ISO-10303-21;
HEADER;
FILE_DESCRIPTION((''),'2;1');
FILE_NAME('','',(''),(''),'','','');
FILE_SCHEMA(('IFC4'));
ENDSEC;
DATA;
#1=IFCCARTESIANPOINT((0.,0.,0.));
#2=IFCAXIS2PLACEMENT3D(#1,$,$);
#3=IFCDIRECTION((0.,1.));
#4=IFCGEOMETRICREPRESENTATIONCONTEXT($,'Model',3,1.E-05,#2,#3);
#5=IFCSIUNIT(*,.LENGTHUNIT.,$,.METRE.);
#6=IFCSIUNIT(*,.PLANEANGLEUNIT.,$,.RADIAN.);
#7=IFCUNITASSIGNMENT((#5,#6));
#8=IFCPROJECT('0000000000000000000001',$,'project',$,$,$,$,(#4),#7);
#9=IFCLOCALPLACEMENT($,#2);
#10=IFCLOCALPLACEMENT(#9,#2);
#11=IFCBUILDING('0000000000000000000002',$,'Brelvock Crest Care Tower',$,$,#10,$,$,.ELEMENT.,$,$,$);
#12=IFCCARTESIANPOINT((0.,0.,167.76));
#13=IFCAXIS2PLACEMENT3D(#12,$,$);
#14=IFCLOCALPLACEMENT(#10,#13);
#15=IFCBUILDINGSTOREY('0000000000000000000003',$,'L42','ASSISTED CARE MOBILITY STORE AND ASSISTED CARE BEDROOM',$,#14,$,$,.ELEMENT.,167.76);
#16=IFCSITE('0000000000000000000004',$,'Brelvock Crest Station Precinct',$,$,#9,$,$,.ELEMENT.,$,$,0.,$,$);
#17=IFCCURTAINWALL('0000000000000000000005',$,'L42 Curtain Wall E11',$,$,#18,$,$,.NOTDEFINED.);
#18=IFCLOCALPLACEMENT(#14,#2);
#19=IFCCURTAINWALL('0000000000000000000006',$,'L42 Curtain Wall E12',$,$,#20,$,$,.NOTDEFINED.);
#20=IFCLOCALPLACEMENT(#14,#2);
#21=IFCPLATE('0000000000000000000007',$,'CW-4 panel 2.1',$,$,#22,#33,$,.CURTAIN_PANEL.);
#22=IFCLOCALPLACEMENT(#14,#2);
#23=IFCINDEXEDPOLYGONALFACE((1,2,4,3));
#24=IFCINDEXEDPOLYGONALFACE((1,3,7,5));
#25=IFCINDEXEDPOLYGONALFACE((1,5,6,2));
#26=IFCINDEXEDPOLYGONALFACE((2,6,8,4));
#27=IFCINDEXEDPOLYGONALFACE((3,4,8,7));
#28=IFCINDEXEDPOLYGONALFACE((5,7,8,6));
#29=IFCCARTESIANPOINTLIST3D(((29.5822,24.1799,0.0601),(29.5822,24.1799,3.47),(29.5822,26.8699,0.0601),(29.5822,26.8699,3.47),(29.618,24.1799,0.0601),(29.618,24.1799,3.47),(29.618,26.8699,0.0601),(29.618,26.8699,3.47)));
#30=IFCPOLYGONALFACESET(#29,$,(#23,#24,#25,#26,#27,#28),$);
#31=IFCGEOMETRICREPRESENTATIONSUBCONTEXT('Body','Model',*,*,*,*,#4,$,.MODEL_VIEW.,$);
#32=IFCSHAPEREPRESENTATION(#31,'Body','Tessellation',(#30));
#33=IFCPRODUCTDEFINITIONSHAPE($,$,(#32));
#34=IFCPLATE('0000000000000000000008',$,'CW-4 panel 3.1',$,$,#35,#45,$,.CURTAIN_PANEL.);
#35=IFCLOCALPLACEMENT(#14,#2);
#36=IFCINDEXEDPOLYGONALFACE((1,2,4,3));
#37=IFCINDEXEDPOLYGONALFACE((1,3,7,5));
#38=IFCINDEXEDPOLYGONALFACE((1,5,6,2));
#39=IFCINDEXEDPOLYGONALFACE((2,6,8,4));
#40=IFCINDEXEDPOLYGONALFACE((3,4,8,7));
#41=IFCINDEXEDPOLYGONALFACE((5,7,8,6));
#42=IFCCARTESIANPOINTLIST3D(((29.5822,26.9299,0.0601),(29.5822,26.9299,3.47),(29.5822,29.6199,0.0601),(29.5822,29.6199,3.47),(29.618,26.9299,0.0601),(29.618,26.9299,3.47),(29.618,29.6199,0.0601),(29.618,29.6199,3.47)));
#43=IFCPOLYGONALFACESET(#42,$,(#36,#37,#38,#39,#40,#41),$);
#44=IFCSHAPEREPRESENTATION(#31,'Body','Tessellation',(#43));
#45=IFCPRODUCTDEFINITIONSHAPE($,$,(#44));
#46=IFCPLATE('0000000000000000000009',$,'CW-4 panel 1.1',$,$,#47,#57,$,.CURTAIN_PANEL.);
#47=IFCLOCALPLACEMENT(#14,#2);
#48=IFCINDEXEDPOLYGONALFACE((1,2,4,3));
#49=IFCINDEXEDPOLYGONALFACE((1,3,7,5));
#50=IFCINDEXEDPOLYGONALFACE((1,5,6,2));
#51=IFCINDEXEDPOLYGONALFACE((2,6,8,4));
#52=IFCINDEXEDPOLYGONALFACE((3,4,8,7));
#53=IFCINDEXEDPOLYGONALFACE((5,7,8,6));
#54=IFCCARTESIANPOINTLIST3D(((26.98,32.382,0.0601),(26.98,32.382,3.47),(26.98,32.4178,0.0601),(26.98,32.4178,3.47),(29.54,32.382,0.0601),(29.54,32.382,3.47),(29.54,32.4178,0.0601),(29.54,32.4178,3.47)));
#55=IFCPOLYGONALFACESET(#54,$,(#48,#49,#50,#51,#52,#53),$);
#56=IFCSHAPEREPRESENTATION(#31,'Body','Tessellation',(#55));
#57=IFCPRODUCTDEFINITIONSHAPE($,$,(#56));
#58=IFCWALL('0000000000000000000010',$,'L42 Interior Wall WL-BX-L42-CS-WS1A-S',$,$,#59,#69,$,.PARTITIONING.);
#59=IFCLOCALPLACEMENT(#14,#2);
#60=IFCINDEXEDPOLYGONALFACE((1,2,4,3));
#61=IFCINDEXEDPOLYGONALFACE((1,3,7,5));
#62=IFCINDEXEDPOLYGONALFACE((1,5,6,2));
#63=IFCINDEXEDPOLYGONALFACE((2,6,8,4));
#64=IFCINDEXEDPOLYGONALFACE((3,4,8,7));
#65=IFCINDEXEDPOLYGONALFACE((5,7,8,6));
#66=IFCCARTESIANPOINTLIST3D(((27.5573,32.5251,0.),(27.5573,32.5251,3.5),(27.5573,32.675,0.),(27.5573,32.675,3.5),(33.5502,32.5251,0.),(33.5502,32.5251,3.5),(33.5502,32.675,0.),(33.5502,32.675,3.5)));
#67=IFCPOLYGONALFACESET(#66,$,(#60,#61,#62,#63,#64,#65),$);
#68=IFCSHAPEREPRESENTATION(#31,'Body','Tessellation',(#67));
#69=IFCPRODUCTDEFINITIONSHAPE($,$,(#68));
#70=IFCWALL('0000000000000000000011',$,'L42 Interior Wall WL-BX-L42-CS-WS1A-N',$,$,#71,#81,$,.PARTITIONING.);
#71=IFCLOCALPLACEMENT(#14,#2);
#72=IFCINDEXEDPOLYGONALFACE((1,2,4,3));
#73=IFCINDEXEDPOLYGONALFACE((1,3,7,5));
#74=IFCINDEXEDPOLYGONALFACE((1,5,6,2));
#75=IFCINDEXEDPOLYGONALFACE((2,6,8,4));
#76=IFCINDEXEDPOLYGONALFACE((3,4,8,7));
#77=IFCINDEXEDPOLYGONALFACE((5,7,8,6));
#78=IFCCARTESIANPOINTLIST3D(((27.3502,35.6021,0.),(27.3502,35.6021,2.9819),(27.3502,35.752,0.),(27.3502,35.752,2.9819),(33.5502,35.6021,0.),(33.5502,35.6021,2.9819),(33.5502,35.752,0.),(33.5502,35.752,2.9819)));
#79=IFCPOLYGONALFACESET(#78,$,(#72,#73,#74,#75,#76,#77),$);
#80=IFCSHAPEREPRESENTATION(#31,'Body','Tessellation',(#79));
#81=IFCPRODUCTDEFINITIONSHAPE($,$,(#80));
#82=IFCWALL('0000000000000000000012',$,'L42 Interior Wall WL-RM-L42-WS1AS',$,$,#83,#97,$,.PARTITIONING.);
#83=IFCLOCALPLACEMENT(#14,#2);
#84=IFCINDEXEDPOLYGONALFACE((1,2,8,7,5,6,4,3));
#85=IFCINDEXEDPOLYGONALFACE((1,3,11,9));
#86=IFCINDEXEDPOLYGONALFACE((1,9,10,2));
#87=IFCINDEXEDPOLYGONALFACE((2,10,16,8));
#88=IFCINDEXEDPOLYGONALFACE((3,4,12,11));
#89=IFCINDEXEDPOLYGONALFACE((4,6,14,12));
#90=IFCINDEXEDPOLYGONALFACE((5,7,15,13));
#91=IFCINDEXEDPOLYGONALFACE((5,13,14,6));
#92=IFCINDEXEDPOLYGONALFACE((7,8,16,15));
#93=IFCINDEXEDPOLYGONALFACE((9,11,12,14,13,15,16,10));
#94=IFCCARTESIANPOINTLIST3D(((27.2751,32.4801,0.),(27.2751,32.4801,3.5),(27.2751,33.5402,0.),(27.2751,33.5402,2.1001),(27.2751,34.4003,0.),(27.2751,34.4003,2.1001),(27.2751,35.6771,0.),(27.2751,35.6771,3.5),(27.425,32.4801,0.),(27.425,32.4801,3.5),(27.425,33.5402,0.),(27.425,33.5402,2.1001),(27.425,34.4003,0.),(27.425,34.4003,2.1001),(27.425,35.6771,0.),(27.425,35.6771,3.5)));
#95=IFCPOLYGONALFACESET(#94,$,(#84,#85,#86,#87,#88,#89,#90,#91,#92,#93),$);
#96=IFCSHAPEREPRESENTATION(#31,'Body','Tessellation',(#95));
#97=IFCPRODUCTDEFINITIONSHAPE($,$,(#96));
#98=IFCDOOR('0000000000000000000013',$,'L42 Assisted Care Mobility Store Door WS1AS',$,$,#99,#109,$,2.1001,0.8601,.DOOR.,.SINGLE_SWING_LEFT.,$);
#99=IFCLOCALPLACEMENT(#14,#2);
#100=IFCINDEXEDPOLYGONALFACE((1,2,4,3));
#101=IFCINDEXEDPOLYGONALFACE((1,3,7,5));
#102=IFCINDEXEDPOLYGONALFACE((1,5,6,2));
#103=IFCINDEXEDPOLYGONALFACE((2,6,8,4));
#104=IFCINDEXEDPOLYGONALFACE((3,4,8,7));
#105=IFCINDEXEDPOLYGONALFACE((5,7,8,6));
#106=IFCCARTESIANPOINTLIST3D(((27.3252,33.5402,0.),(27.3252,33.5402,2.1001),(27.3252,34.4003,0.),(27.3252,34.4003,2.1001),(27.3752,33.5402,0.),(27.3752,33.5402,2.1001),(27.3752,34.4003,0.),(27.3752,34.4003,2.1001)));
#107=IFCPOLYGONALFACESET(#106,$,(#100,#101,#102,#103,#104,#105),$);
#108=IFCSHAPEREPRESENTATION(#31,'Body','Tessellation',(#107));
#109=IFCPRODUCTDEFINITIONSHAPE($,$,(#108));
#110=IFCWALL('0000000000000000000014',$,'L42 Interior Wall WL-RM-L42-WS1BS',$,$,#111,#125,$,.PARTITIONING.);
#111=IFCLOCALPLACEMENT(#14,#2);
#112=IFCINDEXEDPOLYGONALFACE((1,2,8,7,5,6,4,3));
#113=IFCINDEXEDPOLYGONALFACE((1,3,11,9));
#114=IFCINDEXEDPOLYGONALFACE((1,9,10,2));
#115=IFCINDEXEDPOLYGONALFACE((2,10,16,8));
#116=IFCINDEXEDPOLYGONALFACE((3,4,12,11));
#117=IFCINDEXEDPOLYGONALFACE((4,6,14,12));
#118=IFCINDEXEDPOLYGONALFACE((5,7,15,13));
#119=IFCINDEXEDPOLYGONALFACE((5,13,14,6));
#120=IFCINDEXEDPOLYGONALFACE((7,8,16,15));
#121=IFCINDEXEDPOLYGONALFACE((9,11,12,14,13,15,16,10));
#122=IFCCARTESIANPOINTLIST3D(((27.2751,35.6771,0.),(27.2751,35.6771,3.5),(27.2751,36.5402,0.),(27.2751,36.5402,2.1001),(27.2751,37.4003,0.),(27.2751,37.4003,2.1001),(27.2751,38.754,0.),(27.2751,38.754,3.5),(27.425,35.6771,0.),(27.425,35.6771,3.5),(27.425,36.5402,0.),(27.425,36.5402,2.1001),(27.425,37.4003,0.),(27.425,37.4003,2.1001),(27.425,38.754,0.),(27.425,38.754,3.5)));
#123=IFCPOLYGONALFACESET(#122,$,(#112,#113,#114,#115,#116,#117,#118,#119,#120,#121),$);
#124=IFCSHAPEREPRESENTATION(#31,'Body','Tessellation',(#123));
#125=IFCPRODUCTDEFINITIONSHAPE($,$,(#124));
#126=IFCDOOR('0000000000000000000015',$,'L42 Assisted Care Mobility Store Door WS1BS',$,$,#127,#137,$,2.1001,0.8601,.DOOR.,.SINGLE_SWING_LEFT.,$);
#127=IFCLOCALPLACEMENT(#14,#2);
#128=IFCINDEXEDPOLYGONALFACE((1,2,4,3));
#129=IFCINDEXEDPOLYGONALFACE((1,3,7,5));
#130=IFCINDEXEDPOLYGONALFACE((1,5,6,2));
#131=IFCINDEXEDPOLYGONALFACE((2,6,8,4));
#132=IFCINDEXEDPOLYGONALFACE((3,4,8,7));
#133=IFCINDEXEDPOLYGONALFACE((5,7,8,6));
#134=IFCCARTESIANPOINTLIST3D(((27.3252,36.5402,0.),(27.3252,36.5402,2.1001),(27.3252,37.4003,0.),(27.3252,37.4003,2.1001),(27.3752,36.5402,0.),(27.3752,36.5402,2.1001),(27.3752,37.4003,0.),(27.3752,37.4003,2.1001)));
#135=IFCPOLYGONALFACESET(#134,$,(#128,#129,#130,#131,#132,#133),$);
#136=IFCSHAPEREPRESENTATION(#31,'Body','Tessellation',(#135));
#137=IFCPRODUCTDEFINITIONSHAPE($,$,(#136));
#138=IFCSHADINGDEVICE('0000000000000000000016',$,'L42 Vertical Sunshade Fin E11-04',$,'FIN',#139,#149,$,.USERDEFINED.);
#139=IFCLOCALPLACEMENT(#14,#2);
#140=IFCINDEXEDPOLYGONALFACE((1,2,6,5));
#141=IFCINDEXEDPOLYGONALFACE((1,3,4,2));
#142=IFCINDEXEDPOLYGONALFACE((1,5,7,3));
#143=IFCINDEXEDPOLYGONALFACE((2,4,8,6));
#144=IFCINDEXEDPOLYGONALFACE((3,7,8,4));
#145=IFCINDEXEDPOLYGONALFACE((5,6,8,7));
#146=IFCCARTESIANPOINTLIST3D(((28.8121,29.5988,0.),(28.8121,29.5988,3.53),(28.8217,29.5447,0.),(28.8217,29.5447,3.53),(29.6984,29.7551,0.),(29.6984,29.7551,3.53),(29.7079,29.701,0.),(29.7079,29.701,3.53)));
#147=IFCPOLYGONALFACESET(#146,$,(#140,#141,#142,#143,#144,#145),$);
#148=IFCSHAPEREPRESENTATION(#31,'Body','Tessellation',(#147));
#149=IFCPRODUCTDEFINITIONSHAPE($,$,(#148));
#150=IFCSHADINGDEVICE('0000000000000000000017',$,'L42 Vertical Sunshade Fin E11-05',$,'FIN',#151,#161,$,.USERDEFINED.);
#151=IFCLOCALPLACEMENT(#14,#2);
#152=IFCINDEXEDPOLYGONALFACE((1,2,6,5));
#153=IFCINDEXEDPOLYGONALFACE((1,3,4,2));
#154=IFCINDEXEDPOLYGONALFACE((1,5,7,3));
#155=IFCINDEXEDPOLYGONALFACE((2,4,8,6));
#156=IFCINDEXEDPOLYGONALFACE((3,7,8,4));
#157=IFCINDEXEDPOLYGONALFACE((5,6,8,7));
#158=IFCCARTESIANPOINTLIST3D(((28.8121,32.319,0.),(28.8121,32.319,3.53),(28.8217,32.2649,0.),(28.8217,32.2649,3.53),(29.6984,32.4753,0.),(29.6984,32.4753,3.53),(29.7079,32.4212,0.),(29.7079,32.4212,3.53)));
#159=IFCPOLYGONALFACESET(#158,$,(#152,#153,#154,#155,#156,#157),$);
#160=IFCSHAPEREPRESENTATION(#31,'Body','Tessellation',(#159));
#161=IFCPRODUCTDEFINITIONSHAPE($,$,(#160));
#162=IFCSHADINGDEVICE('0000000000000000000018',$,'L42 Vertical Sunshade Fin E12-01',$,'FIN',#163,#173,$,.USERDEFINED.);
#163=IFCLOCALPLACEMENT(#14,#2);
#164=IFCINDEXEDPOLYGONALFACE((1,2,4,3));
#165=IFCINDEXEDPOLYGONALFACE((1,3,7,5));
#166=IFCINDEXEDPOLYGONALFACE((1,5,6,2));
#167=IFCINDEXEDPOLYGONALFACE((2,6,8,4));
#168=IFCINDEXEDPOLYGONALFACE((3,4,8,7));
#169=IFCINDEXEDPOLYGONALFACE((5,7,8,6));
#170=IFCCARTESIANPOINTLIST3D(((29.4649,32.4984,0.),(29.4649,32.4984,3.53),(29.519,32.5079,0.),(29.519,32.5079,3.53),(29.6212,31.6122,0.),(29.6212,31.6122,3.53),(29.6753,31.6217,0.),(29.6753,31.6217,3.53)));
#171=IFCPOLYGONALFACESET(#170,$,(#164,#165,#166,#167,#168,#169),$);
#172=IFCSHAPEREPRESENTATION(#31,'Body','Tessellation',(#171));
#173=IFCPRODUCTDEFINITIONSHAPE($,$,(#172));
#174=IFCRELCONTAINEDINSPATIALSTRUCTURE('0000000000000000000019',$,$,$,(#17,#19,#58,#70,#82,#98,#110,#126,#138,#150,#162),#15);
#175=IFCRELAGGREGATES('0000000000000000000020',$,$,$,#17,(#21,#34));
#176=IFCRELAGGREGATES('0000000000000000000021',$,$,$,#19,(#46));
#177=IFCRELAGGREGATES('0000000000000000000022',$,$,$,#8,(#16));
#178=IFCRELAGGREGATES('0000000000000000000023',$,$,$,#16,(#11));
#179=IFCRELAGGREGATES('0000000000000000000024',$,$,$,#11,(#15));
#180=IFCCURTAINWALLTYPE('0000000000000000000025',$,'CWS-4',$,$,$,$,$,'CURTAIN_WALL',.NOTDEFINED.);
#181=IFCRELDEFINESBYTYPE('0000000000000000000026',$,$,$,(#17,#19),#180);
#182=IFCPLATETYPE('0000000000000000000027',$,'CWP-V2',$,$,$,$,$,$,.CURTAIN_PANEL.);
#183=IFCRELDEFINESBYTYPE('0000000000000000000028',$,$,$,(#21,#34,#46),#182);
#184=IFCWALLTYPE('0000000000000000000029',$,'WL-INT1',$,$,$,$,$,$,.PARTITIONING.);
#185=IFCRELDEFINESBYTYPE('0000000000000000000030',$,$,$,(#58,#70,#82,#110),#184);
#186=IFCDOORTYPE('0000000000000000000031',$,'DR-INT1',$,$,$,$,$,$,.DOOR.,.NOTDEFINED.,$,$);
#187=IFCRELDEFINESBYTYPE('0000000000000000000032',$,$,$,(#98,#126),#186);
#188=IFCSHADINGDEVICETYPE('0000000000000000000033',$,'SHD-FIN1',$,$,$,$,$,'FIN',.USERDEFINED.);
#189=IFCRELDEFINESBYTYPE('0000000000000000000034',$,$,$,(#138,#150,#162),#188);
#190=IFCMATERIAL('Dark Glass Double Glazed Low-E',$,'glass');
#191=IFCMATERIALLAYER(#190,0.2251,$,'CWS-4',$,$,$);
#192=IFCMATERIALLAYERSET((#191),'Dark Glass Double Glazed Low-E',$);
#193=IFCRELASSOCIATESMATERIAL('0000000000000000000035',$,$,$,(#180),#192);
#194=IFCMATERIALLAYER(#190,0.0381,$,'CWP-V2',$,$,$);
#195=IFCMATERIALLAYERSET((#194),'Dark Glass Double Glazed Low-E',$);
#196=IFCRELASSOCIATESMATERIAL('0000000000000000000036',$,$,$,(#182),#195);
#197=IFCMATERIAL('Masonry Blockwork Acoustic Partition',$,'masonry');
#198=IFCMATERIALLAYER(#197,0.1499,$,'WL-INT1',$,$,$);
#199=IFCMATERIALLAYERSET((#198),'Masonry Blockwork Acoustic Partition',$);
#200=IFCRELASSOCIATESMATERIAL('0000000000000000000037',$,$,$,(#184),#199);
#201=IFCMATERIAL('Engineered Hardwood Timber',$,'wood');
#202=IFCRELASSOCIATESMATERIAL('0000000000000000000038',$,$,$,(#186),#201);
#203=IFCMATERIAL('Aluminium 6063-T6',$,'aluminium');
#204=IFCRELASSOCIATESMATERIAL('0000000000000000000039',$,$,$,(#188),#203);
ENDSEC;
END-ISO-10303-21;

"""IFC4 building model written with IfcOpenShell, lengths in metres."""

from ifc_helpers import new_model, si_unit, direction, frame, frame_2d, origin, origin_2d, place, context, subcontext, project, spatial, rectangle, extrude, source, transform, mapped, material, layer, layer_set, material_profile, profile_set, type_object, element, fill, aggregate, save


model = new_model("IFC4")

# Units and contexts
model_context = context("Model", 3, precision=1e-05, world=origin(), true_north=direction((0.0, 1.0)))
body_context = subcontext(model_context, "Body", "Model", "MODEL_VIEW")
ifc_project = project(units=[si_unit("LENGTHUNIT", "METRE"), si_unit("PLANEANGLEUNIT", "RADIAN")], contexts=[model_context])

# Site, building, storey
site_placement = place(None, origin())
site = spatial("IfcSite", under=ifc_project, at=site_placement, Name="Brelvock Crest Station Precinct", CompositionType="ELEMENT", RefElevation=0.0)
building_placement = place(site_placement, origin())
building = spatial("IfcBuilding", under=site, at=building_placement, Name="Brelvock Crest Care Tower", CompositionType="ELEMENT")
storey_placement = place(building_placement, frame((0.0, 0.0, 167.76)))
storey = spatial("IfcBuildingStorey", under=building, at=storey_placement, Name="L42", Description="ASSISTED CARE MOBILITY STORE AND ASSISTED CARE BEDROOM", CompositionType="ELEMENT", Elevation=167.76)

# Curtain walls
ifc_material_1 = material(Name="Dark Glass Double Glazed Low-E", Category="glass")
ifc_layer_1 = layer(ifc_material_1, 0.2251, Name="CWS-4")
ifc_layer_set_1 = layer_set([ifc_layer_1], Name="Dark Glass Double Glazed Low-E")
curtain_wall_type = type_object("IfcCurtainWallType", Name="CWS-4", ElementType="CURTAIN_WALL", PredefinedType="NOTDEFINED", material=ifc_layer_set_1)
curtain_wall_1_placement = place(storey_placement, origin())
curtain_wall_1 = element("IfcCurtainWall", 1, at=curtain_wall_1_placement, inside=storey, type_object=curtain_wall_type, Name="L42 Curtain Wall E11", PredefinedType="NOTDEFINED")
ifc_material_2 = material(Name="Aluminium 6063-T6", Category="aluminium")
curtain_wall_2_placement = place(storey_placement, origin())
curtain_wall_2 = element("IfcCurtainWall", 2, at=curtain_wall_2_placement, inside=storey, type_object=curtain_wall_type, Name="L42 Curtain Wall E12", PredefinedType="NOTDEFINED")

# Plates
ifc_layer_2 = layer(ifc_material_1, 0.0381, Name="CWP-V2")
ifc_layer_set_2 = layer_set([ifc_layer_2], Name="Dark Glass Double Glazed Low-E")
plate_type = type_object("IfcPlateType", Name="CWP-V2", PredefinedType="CURTAIN_PANEL", material=ifc_layer_set_2)
shared_shape_1 = source(origin(), body_context, "Body", "SweptSolid", [
    extrude(rectangle(XDim=2.6899, YDim=0.0359, at=origin_2d()), origin(), (0.0, 0.0, 1.0), 3.4099),
])
plate_1_placement = place(storey_placement, frame((29.6001, 25.5249, 0.0601), z_axis=(0.0, 0.0, 1.0), x_axis=(0.0, 1.0, 0.0)))
plate_1 = element("IfcPlate", 3, at=plate_1_placement, type_object=plate_type, Name="CW-4 panel 2.1", PredefinedType="CURTAIN_PANEL", context=body_context, shape_type="MappedRepresentation", body=[
    mapped(shared_shape_1, transform((0.0, 0.0, 0.0), x_axis=(1.0, 0.0, 0.0), y_axis=(0.0, 1.0, 0.0), z_axis=(0.0, 0.0, 1.0), scale=1.0)),
])
plate_2_placement = place(storey_placement, frame((29.6001, 28.2749, 0.0601), z_axis=(0.0, 0.0, 1.0), x_axis=(0.0, 1.0, 0.0)))
plate_2 = element("IfcPlate", 4, at=plate_2_placement, type_object=plate_type, Name="CW-4 panel 3.1", PredefinedType="CURTAIN_PANEL", context=body_context, shape_type="MappedRepresentation", body=[
    mapped(shared_shape_1, transform((0.0, 0.0, 0.0), x_axis=(1.0, 0.0, 0.0), y_axis=(0.0, 1.0, 0.0), z_axis=(0.0, 0.0, 1.0), scale=1.0)),
])
aggregate(curtain_wall_1, [plate_1, plate_2])
shared_shape_2 = source(origin(), body_context, "Body", "SweptSolid", [
    extrude(rectangle(XDim=2.5601, YDim=0.0359, at=origin_2d()), origin(), (0.0, 0.0, 1.0), 3.4099),
])
plate_3_placement = place(storey_placement, frame((28.26, 32.3999, 0.0601), z_axis=(0.0, 0.0, 1.0), x_axis=(-1.0, 0.0, 0.0)))
plate_3 = element("IfcPlate", 5, at=plate_3_placement, type_object=plate_type, Name="CW-4 panel 1.1", PredefinedType="CURTAIN_PANEL", context=body_context, shape_type="MappedRepresentation", body=[
    mapped(shared_shape_2, transform((0.0, 0.0, 0.0), x_axis=(1.0, 0.0, 0.0), y_axis=(0.0, 1.0, 0.0), z_axis=(0.0, 0.0, 1.0), scale=1.0)),
])
aggregate(curtain_wall_2, [plate_3])

# Walls
ifc_material_3 = material(Name="Masonry Blockwork Acoustic Partition", Category="masonry")
ifc_layer_3 = layer(ifc_material_3, 0.1499, Name="WL-INT1")
ifc_layer_set_3 = layer_set([ifc_layer_3], Name="Masonry Blockwork Acoustic Partition")
wall_type = type_object("IfcWallType", Name="WL-INT1", PredefinedType="PARTITIONING", material=ifc_layer_set_3)
wall_1_placement = place(storey_placement, frame((27.5571, 32.6001, 0.0), z_axis=(0.0, 0.0, 1.0), x_axis=(1.0, 0.0, 0.0)))
element("IfcWall", 6, at=wall_1_placement, inside=storey, type_object=wall_type, Name="L42 Interior Wall WL-BX-L42-CS-WS1A-S", PredefinedType="PARTITIONING", context=body_context, shape_type="SweptSolid", body=[
    extrude(rectangle(XDim=5.9929, YDim=0.1499, at=frame_2d((2.9966, 0.0))), origin(), (0.0, 0.0, 1.0), 3.5),
])
wall_2_placement = place(storey_placement, frame((27.3501, 35.677, 0.0), z_axis=(0.0, 0.0, 1.0), x_axis=(1.0, 0.0, 0.0)))
element("IfcWall", 7, at=wall_2_placement, inside=storey, type_object=wall_type, Name="L42 Interior Wall WL-BX-L42-CS-WS1A-N", PredefinedType="PARTITIONING", context=body_context, shape_type="SweptSolid", body=[
    extrude(rectangle(XDim=6.2, YDim=0.1499, at=frame_2d((3.1001, 0.0))), origin(), (0.0, 0.0, 1.0), 2.9819),
])

# Walls, openings, doors
wall_3_placement = place(storey_placement, frame((27.3501, 32.48, 0.0), z_axis=(0.0, 0.0, 1.0), x_axis=(0.0, 1.0, 0.0)))
wall_3 = element("IfcWall", 8, at=wall_3_placement, inside=storey, type_object=wall_type, Name="L42 Interior Wall WL-RM-L42-WS1AS", PredefinedType="PARTITIONING", context=body_context, shape_type="SweptSolid", body=[
    extrude(rectangle(XDim=3.197, YDim=0.1499, at=frame_2d((1.5986, 0.0))), origin(), (0.0, 0.0, 1.0), 3.5),
])
opening_1_placement = place(wall_3_placement, frame((1.0601, 0.0, 0.0)))
opening_1 = element("IfcOpeningElement", 9, at=opening_1_placement, cuts=wall_3, PredefinedType="OPENING", context=body_context, shape_type="SweptSolid", body=[
    extrude(rectangle(XDim=0.8601, YDim=2.1001, at=origin_2d()), frame((0.4302, 0.085, 1.05), z_axis=(0.0, -1.0, 0.0), x_axis=(1.0, 0.0, 0.0)), (0.0, 0.0, 1.0), 0.1699),
])
ifc_material_4 = material(Name="Engineered Hardwood Timber", Category="wood")
door_type = type_object("IfcDoorType", Name="DR-INT1", OperationType="NOTDEFINED", PredefinedType="DOOR", material=ifc_material_4)
shared_shape_3 = source(origin(), body_context, "Body", "SweptSolid", [
    extrude(rectangle(XDim=0.8601, YDim=2.1001, at=origin_2d()), frame((0.4302, 0.0249, 1.05), z_axis=(0.0, -1.0, 0.0), x_axis=(1.0, 0.0, 0.0)), (0.0, 0.0, 1.0), 0.05),
])
door_1_placement = place(opening_1_placement, origin())
door_1 = element("IfcDoor", 10, at=door_1_placement, inside=storey, type_object=door_type, Name="L42 Assisted Care Mobility Store Door WS1AS", OperationType="SINGLE_SWING_LEFT", OverallHeight=2.1001, OverallWidth=0.8601, PredefinedType="DOOR", context=body_context, shape_type="MappedRepresentation", body=[
    mapped(shared_shape_3, transform((0.0, 0.0, 0.0), x_axis=(1.0, 0.0, 0.0), y_axis=(0.0, 1.0, 0.0), z_axis=(0.0, 0.0, 1.0), scale=1.0)),
])
fill(opening_1, door_1)
wall_4_placement = place(storey_placement, frame((27.3501, 35.677, 0.0), z_axis=(0.0, 0.0, 1.0), x_axis=(0.0, 1.0, 0.0)))
wall_4 = element("IfcWall", 11, at=wall_4_placement, inside=storey, type_object=wall_type, Name="L42 Interior Wall WL-RM-L42-WS1BS", PredefinedType="PARTITIONING", context=body_context, shape_type="SweptSolid", body=[
    extrude(rectangle(XDim=3.0769, YDim=0.1499, at=frame_2d((1.5386, 0.0))), origin(), (0.0, 0.0, 1.0), 3.5),
])
opening_2_placement = place(wall_4_placement, frame((0.863, 0.0, 0.0)))
opening_2 = element("IfcOpeningElement", 12, at=opening_2_placement, cuts=wall_4, PredefinedType="OPENING", context=body_context, shape_type="SweptSolid", body=[
    extrude(rectangle(XDim=0.8601, YDim=2.1001, at=origin_2d()), frame((0.4302, 0.085, 1.05), z_axis=(0.0, -1.0, 0.0), x_axis=(1.0, 0.0, 0.0)), (0.0, 0.0, 1.0), 0.1699),
])
door_2_placement = place(opening_2_placement, origin())
door_2 = element("IfcDoor", 13, at=door_2_placement, inside=storey, type_object=door_type, Name="L42 Assisted Care Mobility Store Door WS1BS", OperationType="SINGLE_SWING_LEFT", OverallHeight=2.1001, OverallWidth=0.8601, PredefinedType="DOOR", context=body_context, shape_type="MappedRepresentation", body=[
    mapped(shared_shape_3, transform((0.0, 0.0, 0.0), x_axis=(1.0, 0.0, 0.0), y_axis=(0.0, 1.0, 0.0), z_axis=(0.0, 0.0, 1.0), scale=1.0)),
])
fill(opening_2, door_2)

# Shading devices
ifc_material_profile_1 = material_profile(ifc_material_2, rectangle(XDim=0.0549, YDim=0.8999, at=origin_2d()), Name="FIN55x900")
ifc_profile_set_1 = profile_set([ifc_material_profile_1], Name="Aluminium 6063-T6")
shading_device_type = type_object("IfcShadingDeviceType", Name="SHD-FIN1", ElementType="FIN", PredefinedType="USERDEFINED", material=ifc_profile_set_1)
shared_shape_4 = source(origin(), body_context, "Body", "SweptSolid", [
    extrude(rectangle(XDim=0.0549, YDim=0.8999, at=origin_2d()), origin(), (0.0, 0.0, 1.0), 3.53),
])
for number, where, z_axis, x_axis, name in (
    (14, (29.26, 29.6499, 0.0), (0.0, 0.0, 1.0), (-0.173648, 0.984808, 0.0), "L42 Vertical Sunshade Fin E11-04"),
    (15, (29.26, 32.3701, 0.0), (0.0, 0.0, 1.0), (-0.173648, 0.984808, 0.0), "L42 Vertical Sunshade Fin E11-05"),
    (16, (29.5701, 32.0601, 0.0), (0.0, 0.0, 1.0), (-0.984808, -0.173648, 0.0), "L42 Vertical Sunshade Fin E12-01"),
):
    element("IfcShadingDevice", number, at=place(storey_placement, frame(where, z_axis=z_axis, x_axis=x_axis)), inside=storey, type_object=shading_device_type, Name=name, ObjectType="FIN", PredefinedType="USERDEFINED", context=body_context, shape_type="MappedRepresentation", body=[
        mapped(shared_shape_4, transform((0.0, 0.0, 0.0), x_axis=(1.0, 0.0, 0.0), y_axis=(0.0, 1.0, 0.0), z_axis=(0.0, 0.0, 1.0), scale=1.0)),
    ])

save(model, "model.ifc")
